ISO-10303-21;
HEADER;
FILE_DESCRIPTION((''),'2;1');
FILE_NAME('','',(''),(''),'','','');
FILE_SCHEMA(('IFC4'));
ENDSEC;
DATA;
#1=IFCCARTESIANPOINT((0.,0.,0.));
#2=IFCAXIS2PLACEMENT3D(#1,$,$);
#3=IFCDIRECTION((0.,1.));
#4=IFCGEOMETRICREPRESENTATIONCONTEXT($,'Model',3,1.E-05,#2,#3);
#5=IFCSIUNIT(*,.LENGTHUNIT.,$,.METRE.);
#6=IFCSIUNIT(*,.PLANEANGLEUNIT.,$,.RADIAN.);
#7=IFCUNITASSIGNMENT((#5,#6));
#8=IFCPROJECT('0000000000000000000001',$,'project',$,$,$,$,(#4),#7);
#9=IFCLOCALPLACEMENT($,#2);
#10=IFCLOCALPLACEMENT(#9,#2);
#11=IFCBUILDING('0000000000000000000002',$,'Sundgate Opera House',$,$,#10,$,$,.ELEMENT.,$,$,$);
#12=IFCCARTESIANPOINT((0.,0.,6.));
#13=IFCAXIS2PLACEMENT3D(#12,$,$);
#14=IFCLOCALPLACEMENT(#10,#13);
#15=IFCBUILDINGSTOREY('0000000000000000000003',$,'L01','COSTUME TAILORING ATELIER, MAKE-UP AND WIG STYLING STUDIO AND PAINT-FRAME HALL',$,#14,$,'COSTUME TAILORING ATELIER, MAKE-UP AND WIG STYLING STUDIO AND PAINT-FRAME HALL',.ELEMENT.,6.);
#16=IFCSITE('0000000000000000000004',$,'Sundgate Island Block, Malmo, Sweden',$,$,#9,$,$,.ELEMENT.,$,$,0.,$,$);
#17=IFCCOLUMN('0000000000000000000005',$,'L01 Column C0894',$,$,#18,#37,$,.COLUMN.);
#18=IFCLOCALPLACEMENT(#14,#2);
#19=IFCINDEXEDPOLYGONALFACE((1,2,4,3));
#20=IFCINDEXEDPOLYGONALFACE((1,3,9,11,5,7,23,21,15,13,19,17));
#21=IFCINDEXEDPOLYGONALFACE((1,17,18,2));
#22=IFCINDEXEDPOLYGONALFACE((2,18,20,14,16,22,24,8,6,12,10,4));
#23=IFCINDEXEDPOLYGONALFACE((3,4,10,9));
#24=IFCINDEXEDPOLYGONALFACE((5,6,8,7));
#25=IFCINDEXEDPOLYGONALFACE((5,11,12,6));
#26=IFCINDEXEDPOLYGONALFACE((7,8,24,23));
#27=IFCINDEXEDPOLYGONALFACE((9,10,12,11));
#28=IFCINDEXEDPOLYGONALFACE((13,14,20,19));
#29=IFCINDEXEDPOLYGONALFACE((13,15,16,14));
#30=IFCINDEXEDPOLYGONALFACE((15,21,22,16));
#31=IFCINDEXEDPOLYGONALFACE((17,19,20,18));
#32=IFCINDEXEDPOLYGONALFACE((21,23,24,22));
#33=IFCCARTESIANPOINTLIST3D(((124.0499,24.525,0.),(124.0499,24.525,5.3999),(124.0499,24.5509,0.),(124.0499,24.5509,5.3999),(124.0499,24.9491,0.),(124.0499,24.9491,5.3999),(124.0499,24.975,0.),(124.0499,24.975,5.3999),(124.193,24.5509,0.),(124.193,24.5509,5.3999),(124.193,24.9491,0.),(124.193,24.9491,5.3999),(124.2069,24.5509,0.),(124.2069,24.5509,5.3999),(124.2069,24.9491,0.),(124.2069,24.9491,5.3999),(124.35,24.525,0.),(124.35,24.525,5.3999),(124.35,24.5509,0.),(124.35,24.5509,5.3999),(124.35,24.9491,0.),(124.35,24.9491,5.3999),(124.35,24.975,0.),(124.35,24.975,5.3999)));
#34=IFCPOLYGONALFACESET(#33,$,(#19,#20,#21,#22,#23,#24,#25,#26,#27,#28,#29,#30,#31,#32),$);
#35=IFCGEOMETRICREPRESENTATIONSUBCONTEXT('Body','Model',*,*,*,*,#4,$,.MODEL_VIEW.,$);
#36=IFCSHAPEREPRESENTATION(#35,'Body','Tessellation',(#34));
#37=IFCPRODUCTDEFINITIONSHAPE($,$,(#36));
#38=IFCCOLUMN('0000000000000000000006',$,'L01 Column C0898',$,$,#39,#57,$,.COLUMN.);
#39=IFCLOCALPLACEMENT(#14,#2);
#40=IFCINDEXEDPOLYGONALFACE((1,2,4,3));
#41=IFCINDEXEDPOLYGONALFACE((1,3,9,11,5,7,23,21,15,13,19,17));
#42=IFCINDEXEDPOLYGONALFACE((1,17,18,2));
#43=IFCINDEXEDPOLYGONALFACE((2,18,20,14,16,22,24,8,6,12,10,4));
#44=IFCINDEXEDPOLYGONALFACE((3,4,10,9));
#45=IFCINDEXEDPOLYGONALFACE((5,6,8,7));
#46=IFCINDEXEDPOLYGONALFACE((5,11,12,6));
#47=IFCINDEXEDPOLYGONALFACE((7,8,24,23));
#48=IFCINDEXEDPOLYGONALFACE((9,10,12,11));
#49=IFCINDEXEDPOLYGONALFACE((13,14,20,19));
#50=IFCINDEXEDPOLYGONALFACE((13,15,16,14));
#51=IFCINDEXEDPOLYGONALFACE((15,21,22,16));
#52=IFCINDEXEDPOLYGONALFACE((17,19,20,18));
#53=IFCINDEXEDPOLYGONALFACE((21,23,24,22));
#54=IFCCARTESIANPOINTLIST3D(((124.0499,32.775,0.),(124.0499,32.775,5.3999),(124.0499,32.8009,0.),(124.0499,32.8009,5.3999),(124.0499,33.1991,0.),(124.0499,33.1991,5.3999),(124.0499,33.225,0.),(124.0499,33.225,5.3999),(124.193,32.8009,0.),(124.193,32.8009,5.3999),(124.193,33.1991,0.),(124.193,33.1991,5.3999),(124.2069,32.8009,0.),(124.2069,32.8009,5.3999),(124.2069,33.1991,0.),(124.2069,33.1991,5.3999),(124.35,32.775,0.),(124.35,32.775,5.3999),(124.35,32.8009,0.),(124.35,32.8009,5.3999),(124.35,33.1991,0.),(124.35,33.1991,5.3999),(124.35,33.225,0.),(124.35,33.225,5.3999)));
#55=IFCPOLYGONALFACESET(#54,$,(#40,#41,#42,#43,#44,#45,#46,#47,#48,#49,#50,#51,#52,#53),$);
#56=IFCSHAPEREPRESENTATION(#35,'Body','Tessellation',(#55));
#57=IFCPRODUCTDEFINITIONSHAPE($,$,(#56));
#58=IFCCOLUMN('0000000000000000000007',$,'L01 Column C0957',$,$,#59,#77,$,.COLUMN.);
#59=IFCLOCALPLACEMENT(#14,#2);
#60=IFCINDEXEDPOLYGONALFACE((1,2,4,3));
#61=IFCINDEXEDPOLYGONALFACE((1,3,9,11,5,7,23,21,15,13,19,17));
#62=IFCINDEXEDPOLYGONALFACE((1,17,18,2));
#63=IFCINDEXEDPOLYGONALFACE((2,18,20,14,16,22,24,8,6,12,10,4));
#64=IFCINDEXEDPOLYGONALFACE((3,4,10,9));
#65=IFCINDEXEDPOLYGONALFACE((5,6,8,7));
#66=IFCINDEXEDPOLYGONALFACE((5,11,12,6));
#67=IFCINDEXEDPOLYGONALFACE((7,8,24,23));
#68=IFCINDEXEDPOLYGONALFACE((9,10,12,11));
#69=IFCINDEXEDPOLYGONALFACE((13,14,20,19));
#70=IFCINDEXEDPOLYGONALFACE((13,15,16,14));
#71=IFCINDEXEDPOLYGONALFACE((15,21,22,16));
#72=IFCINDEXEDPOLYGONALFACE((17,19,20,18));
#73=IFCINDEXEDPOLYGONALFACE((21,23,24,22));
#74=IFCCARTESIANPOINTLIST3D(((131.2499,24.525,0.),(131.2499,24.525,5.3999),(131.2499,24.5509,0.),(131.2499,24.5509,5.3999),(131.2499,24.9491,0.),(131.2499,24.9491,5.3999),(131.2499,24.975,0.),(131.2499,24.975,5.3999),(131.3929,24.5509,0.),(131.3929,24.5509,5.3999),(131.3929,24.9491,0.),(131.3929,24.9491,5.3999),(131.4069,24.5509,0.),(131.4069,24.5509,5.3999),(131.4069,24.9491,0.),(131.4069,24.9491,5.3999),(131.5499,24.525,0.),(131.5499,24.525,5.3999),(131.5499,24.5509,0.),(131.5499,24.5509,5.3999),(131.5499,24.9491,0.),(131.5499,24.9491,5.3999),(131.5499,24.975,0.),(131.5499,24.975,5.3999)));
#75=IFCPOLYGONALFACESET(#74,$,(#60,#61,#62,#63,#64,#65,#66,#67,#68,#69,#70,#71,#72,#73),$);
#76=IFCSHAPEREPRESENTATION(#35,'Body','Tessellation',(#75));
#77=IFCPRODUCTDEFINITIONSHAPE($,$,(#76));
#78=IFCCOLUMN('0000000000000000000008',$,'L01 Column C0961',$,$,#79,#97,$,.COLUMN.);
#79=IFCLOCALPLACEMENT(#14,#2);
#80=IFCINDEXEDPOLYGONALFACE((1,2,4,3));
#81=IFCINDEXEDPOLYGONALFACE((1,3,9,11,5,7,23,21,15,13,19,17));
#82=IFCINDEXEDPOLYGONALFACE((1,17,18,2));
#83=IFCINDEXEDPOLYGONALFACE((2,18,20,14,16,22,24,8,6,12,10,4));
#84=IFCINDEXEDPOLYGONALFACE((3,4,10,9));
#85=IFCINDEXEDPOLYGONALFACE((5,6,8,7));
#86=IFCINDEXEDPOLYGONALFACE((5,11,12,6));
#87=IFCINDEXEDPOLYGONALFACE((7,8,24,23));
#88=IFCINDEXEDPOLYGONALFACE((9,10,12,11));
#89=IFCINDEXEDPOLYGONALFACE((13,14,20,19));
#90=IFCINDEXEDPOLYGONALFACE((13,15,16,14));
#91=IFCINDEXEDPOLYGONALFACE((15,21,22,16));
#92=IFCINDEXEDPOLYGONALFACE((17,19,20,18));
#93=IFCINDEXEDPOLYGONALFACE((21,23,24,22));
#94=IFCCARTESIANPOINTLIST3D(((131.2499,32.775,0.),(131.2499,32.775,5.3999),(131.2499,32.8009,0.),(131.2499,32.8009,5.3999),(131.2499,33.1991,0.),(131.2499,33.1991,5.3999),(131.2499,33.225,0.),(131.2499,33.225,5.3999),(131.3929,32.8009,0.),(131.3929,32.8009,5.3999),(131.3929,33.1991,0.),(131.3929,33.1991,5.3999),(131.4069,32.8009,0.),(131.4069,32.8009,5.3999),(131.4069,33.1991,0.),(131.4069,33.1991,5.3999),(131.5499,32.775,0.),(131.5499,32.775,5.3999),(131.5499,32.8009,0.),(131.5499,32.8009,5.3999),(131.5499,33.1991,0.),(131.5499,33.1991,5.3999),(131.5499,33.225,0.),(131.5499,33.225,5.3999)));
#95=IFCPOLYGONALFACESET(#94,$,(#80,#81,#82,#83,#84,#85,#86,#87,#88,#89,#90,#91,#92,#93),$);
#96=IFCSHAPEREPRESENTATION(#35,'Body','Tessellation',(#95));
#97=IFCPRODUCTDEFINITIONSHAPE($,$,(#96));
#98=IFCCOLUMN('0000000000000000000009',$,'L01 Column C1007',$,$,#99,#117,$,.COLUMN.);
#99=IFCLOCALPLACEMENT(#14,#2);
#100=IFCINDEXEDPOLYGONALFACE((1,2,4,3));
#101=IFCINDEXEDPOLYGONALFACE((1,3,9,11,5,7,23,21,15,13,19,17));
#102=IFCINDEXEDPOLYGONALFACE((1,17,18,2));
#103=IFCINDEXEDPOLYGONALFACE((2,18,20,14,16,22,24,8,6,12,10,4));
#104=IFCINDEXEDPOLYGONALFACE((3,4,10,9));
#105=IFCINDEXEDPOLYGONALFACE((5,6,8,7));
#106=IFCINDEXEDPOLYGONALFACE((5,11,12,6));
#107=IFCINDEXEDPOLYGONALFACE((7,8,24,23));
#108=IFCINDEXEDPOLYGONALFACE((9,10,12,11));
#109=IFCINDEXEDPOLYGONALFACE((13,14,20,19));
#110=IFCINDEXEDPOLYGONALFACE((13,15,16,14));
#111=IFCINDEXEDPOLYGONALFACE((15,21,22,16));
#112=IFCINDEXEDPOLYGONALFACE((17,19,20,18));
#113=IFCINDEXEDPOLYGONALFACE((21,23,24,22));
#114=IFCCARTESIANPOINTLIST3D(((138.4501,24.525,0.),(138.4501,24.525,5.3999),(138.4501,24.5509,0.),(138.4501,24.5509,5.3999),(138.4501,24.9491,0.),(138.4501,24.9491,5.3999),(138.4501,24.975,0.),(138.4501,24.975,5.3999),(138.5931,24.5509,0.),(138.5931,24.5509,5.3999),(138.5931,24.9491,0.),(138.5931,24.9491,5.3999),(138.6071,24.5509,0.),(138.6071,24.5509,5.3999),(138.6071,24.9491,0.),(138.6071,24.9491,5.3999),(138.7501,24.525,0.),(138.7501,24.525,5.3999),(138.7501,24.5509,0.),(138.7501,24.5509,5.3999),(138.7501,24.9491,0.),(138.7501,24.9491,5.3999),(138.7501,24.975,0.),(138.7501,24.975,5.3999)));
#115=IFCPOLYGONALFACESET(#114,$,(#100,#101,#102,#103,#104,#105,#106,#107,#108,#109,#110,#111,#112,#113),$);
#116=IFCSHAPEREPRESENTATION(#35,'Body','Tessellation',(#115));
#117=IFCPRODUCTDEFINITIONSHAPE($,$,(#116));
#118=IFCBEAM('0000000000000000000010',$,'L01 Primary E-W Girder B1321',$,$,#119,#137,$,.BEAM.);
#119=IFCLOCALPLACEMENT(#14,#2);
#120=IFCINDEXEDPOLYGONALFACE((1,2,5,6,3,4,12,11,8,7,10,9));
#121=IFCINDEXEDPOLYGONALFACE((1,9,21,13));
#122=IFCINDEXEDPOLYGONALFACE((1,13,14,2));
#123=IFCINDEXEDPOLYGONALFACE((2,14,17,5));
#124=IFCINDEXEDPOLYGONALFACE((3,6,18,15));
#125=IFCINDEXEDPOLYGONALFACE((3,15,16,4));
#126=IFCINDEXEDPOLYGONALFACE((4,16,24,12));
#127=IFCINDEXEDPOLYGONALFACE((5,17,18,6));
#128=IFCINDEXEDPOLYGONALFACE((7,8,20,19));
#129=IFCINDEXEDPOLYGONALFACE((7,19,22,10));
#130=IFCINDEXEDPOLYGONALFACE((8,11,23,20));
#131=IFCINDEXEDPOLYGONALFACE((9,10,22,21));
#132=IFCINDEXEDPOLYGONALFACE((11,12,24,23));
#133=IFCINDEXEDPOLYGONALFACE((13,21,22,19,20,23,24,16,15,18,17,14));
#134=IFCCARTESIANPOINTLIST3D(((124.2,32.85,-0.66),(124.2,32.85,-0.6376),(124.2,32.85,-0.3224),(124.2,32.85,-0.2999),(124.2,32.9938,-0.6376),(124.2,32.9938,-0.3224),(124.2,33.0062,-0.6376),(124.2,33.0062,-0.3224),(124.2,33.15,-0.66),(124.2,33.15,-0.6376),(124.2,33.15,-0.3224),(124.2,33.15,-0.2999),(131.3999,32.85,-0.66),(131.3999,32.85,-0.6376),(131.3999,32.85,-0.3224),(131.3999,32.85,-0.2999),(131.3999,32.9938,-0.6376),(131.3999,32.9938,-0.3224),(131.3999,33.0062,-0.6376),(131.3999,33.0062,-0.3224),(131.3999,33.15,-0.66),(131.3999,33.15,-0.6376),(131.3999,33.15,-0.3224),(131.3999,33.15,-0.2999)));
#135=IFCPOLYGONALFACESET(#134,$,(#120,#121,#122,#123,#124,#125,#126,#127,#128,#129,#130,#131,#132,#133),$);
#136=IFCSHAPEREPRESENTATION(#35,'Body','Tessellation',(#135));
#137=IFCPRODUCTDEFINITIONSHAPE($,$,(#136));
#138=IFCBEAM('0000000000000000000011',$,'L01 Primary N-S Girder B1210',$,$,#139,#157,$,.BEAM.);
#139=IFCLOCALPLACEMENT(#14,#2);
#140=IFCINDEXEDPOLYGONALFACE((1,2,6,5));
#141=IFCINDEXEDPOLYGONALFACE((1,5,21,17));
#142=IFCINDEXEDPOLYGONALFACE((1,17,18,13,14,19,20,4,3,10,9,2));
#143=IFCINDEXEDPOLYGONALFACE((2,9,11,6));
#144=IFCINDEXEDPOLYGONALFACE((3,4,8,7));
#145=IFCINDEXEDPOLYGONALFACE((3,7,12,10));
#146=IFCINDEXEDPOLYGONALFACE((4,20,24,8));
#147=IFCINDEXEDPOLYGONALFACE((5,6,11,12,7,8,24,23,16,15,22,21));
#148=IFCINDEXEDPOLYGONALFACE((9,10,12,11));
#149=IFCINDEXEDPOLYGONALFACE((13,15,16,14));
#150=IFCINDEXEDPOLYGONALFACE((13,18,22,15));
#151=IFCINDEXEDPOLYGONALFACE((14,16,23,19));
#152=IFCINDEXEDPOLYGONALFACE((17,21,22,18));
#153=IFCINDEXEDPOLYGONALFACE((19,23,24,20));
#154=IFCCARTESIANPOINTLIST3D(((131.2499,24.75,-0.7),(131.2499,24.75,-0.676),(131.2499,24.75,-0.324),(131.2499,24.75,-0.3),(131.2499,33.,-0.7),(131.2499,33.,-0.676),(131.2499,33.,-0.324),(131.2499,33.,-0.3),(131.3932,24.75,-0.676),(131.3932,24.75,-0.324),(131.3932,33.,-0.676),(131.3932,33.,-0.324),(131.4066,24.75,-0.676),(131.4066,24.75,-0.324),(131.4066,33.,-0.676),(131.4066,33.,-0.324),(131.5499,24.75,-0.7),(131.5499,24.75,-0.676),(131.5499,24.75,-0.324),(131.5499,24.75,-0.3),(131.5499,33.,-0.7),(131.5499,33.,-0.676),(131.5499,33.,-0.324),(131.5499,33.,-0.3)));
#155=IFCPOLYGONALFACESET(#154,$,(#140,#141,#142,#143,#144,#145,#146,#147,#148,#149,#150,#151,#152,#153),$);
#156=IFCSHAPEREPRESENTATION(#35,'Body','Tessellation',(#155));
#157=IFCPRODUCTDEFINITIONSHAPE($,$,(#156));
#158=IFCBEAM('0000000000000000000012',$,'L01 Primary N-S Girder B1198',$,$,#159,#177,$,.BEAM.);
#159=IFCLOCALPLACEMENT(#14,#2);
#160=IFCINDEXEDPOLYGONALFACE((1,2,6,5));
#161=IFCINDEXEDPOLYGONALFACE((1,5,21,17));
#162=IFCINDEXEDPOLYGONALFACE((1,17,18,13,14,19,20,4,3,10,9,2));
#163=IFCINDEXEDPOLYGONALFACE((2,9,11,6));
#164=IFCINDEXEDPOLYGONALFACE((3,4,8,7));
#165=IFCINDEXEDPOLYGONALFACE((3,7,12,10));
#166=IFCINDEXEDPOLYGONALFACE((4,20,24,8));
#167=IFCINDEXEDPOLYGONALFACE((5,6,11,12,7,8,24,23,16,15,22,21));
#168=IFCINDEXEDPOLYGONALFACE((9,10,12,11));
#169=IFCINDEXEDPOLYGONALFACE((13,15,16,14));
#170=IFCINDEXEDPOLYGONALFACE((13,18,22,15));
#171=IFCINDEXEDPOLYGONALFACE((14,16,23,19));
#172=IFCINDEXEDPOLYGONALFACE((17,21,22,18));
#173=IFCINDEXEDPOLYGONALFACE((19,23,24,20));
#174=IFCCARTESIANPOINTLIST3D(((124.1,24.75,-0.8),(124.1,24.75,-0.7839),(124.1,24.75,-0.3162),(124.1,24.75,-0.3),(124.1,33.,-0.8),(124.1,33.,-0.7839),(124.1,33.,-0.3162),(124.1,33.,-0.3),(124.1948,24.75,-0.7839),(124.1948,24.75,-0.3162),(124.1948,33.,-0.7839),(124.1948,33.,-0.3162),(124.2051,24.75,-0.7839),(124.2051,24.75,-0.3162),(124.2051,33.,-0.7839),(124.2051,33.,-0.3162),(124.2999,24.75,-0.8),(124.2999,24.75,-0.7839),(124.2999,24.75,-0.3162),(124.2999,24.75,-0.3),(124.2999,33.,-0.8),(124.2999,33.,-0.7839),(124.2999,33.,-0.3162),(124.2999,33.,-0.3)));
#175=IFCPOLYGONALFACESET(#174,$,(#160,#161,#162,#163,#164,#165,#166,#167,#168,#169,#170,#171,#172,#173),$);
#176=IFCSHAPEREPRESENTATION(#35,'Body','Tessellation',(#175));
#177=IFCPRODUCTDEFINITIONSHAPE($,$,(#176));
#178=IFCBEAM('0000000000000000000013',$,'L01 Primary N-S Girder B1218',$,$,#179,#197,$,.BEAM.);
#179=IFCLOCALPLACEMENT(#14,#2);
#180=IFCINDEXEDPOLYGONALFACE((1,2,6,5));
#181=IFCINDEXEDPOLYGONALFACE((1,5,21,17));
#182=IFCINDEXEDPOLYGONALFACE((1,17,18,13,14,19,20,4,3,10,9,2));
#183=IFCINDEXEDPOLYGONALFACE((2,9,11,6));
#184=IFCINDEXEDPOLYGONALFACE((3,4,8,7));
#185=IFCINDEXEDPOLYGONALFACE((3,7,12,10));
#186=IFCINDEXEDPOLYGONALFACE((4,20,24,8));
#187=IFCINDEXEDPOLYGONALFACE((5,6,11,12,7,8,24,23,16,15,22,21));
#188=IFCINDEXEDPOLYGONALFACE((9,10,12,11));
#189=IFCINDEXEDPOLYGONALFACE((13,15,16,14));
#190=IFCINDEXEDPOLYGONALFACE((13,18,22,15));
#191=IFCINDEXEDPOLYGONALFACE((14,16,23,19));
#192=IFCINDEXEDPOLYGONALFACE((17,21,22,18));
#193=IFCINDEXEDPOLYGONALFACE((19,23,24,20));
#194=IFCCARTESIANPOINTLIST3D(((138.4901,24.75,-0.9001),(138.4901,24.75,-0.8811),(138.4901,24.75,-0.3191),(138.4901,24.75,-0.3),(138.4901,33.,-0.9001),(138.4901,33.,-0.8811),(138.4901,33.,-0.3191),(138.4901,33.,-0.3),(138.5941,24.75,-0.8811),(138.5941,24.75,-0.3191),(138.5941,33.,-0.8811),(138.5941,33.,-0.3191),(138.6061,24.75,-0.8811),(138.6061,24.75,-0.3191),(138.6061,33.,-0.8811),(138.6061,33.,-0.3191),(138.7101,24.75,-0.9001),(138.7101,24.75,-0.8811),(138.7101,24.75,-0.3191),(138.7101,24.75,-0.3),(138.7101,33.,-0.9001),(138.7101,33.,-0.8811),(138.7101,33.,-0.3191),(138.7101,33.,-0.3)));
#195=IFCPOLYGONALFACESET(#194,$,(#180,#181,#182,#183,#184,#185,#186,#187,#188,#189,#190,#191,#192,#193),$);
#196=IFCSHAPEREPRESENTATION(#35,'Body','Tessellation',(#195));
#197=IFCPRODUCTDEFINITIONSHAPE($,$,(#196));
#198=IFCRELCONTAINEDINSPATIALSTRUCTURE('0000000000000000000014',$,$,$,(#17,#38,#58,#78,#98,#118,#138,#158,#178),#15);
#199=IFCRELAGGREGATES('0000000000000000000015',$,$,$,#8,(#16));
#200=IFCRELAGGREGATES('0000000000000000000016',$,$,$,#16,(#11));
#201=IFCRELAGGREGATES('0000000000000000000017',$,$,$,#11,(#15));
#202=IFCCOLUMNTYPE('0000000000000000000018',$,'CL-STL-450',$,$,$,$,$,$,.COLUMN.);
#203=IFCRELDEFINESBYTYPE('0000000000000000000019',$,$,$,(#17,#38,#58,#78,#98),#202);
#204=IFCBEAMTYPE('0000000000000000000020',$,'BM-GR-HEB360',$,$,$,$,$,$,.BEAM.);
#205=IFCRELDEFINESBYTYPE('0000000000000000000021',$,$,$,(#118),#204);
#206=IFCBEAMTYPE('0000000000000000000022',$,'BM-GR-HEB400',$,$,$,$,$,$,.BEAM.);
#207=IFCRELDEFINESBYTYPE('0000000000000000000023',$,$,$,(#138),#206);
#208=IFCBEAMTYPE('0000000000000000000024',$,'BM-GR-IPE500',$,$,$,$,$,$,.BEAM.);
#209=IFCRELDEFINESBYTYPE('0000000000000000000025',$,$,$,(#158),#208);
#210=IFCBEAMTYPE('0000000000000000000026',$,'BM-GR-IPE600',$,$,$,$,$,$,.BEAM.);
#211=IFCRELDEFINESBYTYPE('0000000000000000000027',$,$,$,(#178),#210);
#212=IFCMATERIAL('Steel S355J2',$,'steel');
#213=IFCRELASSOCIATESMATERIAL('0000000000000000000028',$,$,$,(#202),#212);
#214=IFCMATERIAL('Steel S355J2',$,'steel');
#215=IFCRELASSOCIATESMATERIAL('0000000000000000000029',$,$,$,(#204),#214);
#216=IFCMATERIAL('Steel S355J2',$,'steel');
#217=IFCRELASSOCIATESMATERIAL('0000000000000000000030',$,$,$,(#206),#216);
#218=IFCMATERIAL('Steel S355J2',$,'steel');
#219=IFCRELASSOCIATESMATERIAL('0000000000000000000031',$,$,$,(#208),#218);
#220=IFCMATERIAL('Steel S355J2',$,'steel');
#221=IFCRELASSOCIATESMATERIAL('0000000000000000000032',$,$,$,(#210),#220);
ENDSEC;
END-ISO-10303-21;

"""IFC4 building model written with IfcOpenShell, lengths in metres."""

from ifc_helpers import new_model, si_unit, direction, frame, origin, origin_2d, place, context, subcontext, project, spatial, i_section, extrude, material, material_profile, profile_set, type_object, element, save


model = new_model("IFC4")

# Units and contexts
model_context = context("Model", 3, precision=1e-05, world=origin(), true_north=direction((0.0, 1.0)))
body_context = subcontext(model_context, "Body", "Model", "MODEL_VIEW")
ifc_project = project(units=[si_unit("LENGTHUNIT", "METRE"), si_unit("PLANEANGLEUNIT", "RADIAN")], contexts=[model_context])

# Site, building, storey
site_placement = place(None, origin())
site = spatial("IfcSite", under=ifc_project, at=site_placement, Name="Sundgate Island Block, Malmo, Sweden", CompositionType="ELEMENT", RefElevation=0.0)
building_placement = place(site_placement, origin())
building = spatial("IfcBuilding", under=site, at=building_placement, Name="Sundgate Opera House", CompositionType="ELEMENT")
storey_placement = place(building_placement, frame((0.0, 0.0, 6.0)))
storey = spatial("IfcBuildingStorey", under=building, at=storey_placement, Name="L01", Description="COSTUME TAILORING ATELIER, MAKE-UP AND WIG STYLING STUDIO AND PAINT-FRAME HALL", LongName="COSTUME TAILORING ATELIER, MAKE-UP AND WIG STYLING STUDIO AND PAINT-FRAME HALL", CompositionType="ELEMENT", Elevation=6.0)

# Columns
ifc_material_1 = material(Name="Steel S355J2", Category="steel")
ifc_material_profile_1 = material_profile(ifc_material_1, i_section(OverallWidth=0.3, OverallDepth=0.45, WebThickness=0.0139, FlangeThickness=0.0259, at=origin_2d()), Name="HEB 450")
ifc_profile_set_1 = profile_set([ifc_material_profile_1], Name="Steel S355J2")
column_type = type_object("IfcColumnType", Name="CL-STL-450", PredefinedType="COLUMN", material=ifc_profile_set_1)
for number, where, z_axis, x_axis, name in (
    (1, (124.2, 24.75, 0.0), (0.0, 0.0, 1.0), (1.0, 0.0, 0.0), "L01 Column C0894"),
    (2, (124.2, 33.0, 0.0), (0.0, 0.0, 1.0), (1.0, 0.0, 0.0), "L01 Column C0898"),
    (3, (131.3999, 24.75, 0.0), (0.0, 0.0, 1.0), (1.0, 0.0, 0.0), "L01 Column C0957"),
    (4, (131.3999, 33.0, 0.0), (0.0, 0.0, 1.0), (1.0, 0.0, 0.0), "L01 Column C0961"),
    (5, (138.6001, 24.75, 0.0), (0.0, 0.0, 1.0), (1.0, 0.0, 0.0), "L01 Column C1007"),
):
    element("IfcColumn", number, at=place(storey_placement, frame(where, z_axis=z_axis, x_axis=x_axis)), inside=storey, type_object=column_type, Name=name, PredefinedType="COLUMN", context=body_context, shape_type="SweptSolid", body=[
        extrude(i_section(OverallWidth=0.3, OverallDepth=0.45, WebThickness=0.0139, FlangeThickness=0.0259, at=origin_2d()), origin(), (0.0, 0.0, 1.0), 5.3999),
    ])

# Beams
ifc_material_2 = material(Name="Steel S355J2", Category="steel")
ifc_material_profile_2 = material_profile(ifc_material_2, i_section(OverallWidth=0.3, OverallDepth=0.3601, WebThickness=0.0125, FlangeThickness=0.0225, at=origin_2d()), Name="HEB 360")
ifc_profile_set_2 = profile_set([ifc_material_profile_2], Name="Steel S355J2")
beam_type_1 = type_object("IfcBeamType", Name="BM-GR-HEB360", PredefinedType="BEAM", material=ifc_profile_set_2)
beam_1_placement = place(storey_placement, frame((124.2, 33.0, -0.48), z_axis=(1.0, 0.0, 0.0), x_axis=(0.0, 1.0, 0.0)))
element("IfcBeam", 6, at=beam_1_placement, inside=storey, type_object=beam_type_1, Name="L01 Primary E-W Girder B1321", PredefinedType="BEAM", context=body_context, shape_type="SweptSolid", body=[
    extrude(i_section(OverallWidth=0.3, OverallDepth=0.3601, WebThickness=0.0125, FlangeThickness=0.0225, at=origin_2d()), origin(), (0.0, 0.0, 1.0), 7.2),
])
ifc_material_3 = material(Name="Steel S355J2", Category="steel")
ifc_material_profile_3 = material_profile(ifc_material_3, i_section(OverallWidth=0.3, OverallDepth=0.3999, WebThickness=0.0134, FlangeThickness=0.0239, at=origin_2d()), Name="HEB 400")
ifc_profile_set_3 = profile_set([ifc_material_profile_3], Name="Steel S355J2")
beam_type_2 = type_object("IfcBeamType", Name="BM-GR-HEB400", PredefinedType="BEAM", material=ifc_profile_set_3)
beam_2_placement = place(storey_placement, frame((131.3999, 24.75, -0.5), z_axis=(0.0, 1.0, 0.0), x_axis=(-1.0, 0.0, 0.0)))
element("IfcBeam", 7, at=beam_2_placement, inside=storey, type_object=beam_type_2, Name="L01 Primary N-S Girder B1210", PredefinedType="BEAM", context=body_context, shape_type="SweptSolid", body=[
    extrude(i_section(OverallWidth=0.3, OverallDepth=0.3999, WebThickness=0.0134, FlangeThickness=0.0239, at=origin_2d()), origin(), (0.0, 0.0, 1.0), 8.25),
])
ifc_material_4 = material(Name="Steel S355J2", Category="steel")
ifc_material_profile_4 = material_profile(ifc_material_4, i_section(OverallWidth=0.2, OverallDepth=0.5, WebThickness=0.0103, FlangeThickness=0.0161, at=origin_2d()), Name="IPE 500")
ifc_profile_set_4 = profile_set([ifc_material_profile_4], Name="Steel S355J2")
beam_type_3 = type_object("IfcBeamType", Name="BM-GR-IPE500", PredefinedType="BEAM", material=ifc_profile_set_4)
beam_3_placement = place(storey_placement, frame((124.2, 24.75, -0.55), z_axis=(0.0, 1.0, 0.0), x_axis=(-1.0, 0.0, 0.0)))
element("IfcBeam", 8, at=beam_3_placement, inside=storey, type_object=beam_type_3, Name="L01 Primary N-S Girder B1198", PredefinedType="BEAM", context=body_context, shape_type="SweptSolid", body=[
    extrude(i_section(OverallWidth=0.2, OverallDepth=0.5, WebThickness=0.0103, FlangeThickness=0.0161, at=origin_2d()), origin(), (0.0, 0.0, 1.0), 8.25),
])
ifc_material_5 = material(Name="Steel S355J2", Category="steel")
ifc_material_profile_5 = material_profile(ifc_material_5, i_section(OverallWidth=0.22, OverallDepth=0.6001, WebThickness=0.012, FlangeThickness=0.019, at=origin_2d()), Name="IPE 600")
ifc_profile_set_5 = profile_set([ifc_material_profile_5], Name="Steel S355J2")
beam_type_4 = type_object("IfcBeamType", Name="BM-GR-IPE600", PredefinedType="BEAM", material=ifc_profile_set_5)
beam_4_placement = place(storey_placement, frame((138.6001, 24.75, -0.6001), z_axis=(0.0, 1.0, 0.0), x_axis=(-1.0, 0.0, 0.0)))
element("IfcBeam", 9, at=beam_4_placement, inside=storey, type_object=beam_type_4, Name="L01 Primary N-S Girder B1218", PredefinedType="BEAM", context=body_context, shape_type="SweptSolid", body=[
    extrude(i_section(OverallWidth=0.22, OverallDepth=0.6001, WebThickness=0.012, FlangeThickness=0.019, at=origin_2d()), origin(), (0.0, 0.0, 1.0), 8.25),
])

save(model, "model.ifc")
